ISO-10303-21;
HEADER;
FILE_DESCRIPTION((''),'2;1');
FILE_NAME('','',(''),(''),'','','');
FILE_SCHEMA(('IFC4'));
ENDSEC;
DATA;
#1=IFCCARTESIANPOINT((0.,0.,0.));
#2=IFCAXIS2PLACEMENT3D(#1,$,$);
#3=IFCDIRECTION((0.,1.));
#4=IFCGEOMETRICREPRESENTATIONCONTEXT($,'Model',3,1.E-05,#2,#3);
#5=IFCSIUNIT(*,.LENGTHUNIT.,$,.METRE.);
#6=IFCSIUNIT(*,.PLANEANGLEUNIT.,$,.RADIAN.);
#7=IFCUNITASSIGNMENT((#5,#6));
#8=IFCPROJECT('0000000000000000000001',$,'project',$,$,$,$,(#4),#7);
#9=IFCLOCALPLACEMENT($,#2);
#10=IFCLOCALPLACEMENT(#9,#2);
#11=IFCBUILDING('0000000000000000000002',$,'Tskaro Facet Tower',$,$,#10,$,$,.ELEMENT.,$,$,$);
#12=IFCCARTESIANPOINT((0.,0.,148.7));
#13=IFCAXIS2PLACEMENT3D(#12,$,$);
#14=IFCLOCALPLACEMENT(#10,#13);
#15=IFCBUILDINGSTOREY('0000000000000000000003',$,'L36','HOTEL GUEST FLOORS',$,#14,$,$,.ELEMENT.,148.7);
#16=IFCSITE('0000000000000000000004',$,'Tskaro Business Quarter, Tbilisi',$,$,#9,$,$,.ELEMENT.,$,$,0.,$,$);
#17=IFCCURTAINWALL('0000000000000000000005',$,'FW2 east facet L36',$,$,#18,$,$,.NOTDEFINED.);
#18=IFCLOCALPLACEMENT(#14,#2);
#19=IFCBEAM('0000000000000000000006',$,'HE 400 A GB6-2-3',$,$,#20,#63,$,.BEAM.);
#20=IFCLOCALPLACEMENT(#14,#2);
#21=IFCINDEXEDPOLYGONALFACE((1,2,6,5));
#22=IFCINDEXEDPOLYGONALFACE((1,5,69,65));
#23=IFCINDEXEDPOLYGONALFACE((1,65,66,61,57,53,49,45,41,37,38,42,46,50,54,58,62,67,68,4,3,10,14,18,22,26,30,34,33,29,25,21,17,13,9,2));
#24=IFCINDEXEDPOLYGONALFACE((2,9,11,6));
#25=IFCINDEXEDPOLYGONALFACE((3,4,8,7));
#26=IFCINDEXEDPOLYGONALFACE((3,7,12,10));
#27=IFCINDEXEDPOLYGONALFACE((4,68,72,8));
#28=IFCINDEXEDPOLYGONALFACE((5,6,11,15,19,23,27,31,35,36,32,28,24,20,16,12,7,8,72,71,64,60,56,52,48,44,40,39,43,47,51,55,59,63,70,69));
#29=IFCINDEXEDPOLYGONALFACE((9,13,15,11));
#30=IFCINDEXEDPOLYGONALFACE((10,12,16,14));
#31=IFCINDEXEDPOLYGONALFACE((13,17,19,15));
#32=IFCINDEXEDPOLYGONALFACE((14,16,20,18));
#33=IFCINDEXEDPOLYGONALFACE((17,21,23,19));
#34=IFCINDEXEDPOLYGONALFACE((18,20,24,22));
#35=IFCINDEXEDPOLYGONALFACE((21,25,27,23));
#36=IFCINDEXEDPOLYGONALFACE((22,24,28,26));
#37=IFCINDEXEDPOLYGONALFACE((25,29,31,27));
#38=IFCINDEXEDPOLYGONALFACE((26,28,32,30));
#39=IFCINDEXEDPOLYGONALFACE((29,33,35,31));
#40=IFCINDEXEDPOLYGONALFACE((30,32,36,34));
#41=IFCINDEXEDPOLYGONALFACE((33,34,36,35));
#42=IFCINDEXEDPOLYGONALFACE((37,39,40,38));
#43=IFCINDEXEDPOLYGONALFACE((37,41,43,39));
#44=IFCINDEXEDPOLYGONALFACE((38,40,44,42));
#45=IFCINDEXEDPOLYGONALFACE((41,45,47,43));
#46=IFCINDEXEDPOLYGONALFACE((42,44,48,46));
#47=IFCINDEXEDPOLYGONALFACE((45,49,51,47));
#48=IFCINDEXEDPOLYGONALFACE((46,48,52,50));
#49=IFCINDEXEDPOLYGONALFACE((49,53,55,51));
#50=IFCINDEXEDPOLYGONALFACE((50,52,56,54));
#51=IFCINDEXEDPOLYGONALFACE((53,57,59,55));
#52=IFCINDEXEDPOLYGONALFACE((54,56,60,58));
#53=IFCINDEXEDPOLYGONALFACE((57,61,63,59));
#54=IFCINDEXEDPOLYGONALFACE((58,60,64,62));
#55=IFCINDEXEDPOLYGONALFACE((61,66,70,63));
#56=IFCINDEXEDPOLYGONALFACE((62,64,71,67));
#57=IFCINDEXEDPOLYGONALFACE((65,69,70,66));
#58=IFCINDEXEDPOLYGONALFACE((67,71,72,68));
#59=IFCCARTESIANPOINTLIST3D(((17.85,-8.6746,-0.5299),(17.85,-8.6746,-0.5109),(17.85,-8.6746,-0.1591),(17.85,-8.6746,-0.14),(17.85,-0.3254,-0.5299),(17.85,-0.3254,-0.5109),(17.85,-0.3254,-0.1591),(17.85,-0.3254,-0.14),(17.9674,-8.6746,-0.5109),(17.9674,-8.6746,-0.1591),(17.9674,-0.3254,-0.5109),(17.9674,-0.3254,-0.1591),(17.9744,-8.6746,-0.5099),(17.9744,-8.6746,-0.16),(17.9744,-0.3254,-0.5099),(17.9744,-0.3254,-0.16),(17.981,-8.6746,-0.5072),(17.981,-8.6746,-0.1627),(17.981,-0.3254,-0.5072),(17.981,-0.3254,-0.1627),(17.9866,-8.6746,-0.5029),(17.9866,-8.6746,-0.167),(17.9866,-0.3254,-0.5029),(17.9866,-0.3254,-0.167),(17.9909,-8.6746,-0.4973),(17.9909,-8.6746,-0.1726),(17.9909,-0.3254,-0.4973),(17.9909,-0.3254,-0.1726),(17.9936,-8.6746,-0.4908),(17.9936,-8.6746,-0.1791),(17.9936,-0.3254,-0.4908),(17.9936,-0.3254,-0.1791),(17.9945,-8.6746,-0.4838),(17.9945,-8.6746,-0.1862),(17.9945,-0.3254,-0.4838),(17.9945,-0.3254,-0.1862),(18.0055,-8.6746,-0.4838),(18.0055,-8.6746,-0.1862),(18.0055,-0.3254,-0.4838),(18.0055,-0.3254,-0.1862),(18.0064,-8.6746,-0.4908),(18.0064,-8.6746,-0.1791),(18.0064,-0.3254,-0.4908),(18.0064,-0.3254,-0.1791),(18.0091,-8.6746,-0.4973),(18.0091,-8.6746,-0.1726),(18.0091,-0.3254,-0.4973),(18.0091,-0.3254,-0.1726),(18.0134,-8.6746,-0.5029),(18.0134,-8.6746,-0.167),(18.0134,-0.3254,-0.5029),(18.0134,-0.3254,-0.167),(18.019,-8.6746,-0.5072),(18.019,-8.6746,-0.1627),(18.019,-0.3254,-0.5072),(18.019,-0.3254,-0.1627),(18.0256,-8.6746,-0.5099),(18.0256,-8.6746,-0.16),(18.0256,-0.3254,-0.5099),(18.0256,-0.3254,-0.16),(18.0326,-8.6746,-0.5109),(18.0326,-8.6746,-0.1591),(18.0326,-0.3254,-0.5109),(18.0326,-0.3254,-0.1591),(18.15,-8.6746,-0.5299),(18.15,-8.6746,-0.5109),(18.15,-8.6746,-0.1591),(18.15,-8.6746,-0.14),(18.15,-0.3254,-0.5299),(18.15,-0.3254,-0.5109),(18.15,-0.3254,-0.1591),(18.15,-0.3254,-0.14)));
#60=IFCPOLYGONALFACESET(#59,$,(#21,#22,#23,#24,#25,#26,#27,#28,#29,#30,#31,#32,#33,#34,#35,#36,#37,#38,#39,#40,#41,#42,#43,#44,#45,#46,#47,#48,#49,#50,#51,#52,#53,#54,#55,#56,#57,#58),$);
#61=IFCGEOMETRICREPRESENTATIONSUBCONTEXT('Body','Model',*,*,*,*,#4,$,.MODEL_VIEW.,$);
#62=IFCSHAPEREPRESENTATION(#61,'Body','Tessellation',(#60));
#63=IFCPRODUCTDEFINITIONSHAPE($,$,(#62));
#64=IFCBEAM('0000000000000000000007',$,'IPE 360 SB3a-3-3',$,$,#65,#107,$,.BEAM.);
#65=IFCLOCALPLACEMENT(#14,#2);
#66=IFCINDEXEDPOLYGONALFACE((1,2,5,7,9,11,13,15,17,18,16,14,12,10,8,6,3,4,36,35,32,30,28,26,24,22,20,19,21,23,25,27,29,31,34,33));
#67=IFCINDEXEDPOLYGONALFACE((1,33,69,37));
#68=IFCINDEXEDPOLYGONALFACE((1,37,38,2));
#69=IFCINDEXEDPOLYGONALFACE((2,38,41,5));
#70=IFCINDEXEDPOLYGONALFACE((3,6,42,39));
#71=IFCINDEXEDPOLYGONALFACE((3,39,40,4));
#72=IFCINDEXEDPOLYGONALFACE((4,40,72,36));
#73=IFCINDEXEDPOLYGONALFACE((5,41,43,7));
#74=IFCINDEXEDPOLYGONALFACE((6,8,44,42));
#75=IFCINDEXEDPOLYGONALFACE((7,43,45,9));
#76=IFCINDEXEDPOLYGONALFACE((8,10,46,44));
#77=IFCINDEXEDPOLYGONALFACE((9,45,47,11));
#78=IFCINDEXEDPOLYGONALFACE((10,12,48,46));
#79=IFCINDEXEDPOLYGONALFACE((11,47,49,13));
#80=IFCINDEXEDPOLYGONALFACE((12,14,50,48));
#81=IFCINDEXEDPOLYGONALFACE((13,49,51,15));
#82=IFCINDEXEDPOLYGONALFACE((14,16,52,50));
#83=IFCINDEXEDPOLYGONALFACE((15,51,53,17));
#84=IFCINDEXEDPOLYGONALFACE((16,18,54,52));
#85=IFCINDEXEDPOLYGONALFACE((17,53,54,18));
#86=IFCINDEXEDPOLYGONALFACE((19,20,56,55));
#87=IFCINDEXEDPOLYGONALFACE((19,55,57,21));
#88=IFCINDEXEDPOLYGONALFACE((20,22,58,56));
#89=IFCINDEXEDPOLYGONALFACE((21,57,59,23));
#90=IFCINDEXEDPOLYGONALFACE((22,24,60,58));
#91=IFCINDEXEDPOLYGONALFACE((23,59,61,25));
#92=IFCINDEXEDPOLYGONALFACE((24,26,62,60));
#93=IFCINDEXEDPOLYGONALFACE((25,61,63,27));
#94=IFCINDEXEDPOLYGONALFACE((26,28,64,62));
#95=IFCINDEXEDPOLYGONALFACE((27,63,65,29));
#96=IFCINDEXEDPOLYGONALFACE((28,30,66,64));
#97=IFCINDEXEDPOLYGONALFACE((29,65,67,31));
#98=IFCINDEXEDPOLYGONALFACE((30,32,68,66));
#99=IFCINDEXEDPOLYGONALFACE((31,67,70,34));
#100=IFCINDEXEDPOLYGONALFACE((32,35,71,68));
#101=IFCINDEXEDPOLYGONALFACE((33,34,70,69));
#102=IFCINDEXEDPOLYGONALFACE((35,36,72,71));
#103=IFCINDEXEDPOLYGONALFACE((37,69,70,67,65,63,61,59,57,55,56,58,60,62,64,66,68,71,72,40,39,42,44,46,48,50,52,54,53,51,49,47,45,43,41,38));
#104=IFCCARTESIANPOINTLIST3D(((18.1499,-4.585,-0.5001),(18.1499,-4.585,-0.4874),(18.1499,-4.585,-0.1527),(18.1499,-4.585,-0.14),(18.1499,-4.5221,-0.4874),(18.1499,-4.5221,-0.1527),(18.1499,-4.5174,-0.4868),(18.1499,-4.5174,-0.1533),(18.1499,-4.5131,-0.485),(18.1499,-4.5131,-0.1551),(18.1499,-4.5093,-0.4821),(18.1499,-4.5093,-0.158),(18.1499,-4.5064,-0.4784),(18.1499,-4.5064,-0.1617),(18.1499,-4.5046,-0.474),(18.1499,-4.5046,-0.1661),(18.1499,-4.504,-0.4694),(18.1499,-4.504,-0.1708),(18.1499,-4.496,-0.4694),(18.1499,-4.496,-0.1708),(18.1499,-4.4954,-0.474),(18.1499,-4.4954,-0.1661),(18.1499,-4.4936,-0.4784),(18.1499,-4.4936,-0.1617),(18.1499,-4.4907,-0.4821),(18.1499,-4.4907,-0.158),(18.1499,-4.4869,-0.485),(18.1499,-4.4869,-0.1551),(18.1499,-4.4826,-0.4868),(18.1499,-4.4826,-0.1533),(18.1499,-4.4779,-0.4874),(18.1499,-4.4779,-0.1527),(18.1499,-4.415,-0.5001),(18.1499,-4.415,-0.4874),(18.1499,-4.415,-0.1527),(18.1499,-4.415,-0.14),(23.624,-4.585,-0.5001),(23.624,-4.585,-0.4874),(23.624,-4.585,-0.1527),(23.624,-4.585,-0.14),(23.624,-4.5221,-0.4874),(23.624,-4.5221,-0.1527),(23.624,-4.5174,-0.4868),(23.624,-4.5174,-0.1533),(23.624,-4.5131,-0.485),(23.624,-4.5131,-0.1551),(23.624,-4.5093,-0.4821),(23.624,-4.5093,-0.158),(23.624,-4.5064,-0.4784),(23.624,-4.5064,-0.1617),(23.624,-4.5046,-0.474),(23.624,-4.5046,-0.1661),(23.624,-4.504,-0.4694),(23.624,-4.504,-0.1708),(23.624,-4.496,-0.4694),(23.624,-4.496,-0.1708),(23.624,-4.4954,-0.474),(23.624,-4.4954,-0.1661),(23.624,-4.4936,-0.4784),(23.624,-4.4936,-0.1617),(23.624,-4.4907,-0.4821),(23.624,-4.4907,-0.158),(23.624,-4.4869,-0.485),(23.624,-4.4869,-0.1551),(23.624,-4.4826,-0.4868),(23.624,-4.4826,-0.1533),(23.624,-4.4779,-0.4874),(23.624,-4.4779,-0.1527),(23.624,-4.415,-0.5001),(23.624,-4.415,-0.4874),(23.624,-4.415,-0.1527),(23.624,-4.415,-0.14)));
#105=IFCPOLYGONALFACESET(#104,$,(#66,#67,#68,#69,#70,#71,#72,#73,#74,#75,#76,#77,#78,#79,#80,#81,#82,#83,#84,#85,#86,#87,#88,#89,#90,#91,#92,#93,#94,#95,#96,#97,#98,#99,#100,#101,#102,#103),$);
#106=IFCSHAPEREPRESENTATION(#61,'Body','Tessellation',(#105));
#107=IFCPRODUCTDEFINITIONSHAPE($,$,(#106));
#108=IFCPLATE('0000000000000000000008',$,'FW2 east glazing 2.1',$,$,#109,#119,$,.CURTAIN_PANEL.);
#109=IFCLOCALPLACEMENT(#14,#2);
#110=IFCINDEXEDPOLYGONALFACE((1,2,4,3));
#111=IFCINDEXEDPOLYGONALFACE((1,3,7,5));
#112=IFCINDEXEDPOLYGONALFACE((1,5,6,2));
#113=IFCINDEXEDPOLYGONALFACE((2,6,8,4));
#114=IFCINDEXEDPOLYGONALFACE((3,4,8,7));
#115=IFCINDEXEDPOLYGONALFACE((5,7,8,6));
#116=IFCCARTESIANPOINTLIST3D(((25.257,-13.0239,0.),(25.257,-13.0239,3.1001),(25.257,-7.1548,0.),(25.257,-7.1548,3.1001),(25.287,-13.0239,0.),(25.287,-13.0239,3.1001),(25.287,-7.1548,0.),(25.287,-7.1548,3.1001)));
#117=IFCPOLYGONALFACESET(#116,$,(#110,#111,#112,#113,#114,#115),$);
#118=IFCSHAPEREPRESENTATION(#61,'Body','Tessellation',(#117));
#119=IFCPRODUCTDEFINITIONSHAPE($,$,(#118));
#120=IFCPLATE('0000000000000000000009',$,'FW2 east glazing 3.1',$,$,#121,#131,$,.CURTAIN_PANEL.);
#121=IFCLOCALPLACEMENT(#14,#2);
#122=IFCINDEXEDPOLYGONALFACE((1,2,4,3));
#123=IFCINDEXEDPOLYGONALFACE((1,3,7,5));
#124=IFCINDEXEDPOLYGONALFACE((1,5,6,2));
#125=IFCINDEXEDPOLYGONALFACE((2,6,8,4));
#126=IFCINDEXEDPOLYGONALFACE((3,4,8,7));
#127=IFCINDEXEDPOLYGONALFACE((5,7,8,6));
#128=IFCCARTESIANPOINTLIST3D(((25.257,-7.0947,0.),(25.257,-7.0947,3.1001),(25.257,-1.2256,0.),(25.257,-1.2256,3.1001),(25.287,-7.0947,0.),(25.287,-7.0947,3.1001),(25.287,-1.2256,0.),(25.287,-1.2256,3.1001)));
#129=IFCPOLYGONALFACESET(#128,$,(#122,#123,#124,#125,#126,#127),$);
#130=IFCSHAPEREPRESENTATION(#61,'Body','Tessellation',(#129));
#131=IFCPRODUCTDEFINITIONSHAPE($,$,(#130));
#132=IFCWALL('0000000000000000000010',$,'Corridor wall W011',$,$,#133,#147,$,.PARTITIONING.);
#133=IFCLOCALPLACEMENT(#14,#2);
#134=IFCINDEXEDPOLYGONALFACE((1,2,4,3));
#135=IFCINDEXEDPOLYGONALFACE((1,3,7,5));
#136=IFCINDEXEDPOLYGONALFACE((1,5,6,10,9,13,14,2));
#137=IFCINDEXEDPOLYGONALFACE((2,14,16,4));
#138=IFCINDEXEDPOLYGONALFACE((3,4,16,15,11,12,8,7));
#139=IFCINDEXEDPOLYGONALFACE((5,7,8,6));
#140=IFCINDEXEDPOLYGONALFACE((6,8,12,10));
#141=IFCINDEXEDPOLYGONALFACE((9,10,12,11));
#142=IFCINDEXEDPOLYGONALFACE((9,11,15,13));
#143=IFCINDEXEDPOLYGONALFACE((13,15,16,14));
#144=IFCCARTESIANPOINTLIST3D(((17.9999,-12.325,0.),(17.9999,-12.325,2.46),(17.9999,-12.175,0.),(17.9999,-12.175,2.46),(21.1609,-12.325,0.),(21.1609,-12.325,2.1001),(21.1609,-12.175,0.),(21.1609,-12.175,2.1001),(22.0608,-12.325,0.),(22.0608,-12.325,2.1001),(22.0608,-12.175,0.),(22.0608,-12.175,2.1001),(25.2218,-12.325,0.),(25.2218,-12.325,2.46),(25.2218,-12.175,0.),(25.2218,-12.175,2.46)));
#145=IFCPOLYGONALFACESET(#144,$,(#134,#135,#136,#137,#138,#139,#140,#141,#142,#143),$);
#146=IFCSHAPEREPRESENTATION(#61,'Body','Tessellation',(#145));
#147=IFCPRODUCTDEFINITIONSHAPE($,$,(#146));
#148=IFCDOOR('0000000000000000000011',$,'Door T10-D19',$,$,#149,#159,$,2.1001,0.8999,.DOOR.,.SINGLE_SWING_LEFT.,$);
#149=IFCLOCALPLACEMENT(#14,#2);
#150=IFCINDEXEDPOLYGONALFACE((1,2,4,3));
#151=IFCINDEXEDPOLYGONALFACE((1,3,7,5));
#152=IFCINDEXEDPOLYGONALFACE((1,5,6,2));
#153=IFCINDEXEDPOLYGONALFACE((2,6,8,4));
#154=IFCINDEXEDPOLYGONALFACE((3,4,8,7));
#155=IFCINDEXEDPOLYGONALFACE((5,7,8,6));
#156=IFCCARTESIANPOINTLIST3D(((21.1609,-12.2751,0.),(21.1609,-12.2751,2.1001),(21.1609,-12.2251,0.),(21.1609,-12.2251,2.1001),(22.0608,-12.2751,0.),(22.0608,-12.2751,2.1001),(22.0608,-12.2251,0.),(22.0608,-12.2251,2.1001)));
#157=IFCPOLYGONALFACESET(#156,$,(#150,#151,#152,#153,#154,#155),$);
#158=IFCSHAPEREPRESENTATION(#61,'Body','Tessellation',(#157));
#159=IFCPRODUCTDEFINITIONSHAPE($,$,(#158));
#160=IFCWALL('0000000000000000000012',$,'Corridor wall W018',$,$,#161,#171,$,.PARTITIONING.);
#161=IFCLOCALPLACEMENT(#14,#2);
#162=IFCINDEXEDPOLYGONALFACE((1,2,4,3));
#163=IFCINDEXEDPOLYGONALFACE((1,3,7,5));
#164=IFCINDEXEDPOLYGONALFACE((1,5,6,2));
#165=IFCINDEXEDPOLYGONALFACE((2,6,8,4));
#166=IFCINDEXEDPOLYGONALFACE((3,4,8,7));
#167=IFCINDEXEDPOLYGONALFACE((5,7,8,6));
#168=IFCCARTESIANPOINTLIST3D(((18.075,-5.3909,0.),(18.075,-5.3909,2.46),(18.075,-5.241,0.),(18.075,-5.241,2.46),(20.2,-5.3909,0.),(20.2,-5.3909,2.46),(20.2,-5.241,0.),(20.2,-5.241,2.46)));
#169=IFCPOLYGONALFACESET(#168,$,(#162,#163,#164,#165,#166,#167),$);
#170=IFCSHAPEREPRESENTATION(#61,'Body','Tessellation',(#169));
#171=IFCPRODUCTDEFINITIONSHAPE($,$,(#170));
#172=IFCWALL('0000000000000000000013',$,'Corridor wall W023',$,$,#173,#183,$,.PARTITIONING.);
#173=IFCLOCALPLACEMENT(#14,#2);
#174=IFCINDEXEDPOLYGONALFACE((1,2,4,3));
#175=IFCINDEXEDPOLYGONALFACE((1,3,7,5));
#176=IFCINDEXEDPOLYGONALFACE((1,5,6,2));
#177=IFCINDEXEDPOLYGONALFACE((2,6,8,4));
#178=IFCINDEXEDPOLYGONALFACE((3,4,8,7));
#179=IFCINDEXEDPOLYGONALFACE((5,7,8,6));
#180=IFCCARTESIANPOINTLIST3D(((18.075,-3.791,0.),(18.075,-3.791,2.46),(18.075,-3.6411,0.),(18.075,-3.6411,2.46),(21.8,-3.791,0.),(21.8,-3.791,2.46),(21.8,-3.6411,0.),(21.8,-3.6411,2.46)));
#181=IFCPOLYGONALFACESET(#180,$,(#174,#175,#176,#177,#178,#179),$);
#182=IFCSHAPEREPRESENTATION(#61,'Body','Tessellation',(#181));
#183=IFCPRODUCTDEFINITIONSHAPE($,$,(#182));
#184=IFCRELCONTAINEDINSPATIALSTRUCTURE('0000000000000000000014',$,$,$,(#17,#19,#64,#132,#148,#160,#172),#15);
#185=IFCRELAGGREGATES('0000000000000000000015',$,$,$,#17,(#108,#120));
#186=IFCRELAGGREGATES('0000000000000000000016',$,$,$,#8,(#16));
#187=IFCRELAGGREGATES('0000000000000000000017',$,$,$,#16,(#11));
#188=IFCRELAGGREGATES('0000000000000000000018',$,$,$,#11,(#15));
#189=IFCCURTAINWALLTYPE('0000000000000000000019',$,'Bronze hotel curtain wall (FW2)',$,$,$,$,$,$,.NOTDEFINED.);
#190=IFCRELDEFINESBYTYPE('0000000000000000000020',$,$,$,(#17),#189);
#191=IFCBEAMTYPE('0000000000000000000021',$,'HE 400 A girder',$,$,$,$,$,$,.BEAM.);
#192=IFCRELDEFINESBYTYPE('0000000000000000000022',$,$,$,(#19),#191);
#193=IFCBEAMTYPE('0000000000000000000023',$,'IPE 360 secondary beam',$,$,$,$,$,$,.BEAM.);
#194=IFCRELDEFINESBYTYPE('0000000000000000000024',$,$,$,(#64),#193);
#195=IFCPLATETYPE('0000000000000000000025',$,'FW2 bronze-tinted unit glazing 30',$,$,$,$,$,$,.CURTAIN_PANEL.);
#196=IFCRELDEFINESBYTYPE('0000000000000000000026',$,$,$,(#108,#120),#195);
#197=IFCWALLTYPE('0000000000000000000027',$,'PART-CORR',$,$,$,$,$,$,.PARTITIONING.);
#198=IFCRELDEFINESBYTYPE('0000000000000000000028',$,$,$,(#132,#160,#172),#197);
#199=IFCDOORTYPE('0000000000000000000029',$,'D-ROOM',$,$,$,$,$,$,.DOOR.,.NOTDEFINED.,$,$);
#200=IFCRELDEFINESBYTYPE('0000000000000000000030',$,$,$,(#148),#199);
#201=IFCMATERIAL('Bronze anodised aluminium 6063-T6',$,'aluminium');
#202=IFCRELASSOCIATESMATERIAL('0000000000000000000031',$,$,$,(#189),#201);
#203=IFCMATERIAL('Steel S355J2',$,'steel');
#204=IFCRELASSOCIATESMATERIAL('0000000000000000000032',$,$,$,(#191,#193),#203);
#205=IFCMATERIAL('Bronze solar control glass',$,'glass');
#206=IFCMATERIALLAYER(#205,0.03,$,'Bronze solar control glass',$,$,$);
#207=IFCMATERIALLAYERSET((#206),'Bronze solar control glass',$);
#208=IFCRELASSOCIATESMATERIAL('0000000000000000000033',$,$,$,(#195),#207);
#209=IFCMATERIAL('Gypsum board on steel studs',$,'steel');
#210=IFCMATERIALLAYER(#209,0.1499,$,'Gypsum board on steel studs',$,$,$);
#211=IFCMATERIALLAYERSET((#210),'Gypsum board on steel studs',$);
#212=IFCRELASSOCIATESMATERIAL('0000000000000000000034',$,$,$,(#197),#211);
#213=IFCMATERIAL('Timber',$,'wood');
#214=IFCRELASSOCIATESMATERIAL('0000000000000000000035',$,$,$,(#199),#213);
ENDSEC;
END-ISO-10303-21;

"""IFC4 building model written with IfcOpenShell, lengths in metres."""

from ifc_helpers import new_model, si_unit, direction, frame, frame_2d, origin, origin_2d, place, context, subcontext, project, spatial, rectangle, i_section, extrude, material, layer, layer_set, material_profile, profile_set, type_object, element, fill, aggregate, save


model = new_model("IFC4")

# Units and contexts
model_context = context("Model", 3, precision=1e-05, world=origin(), true_north=direction((0.0, 1.0)))
body_context = subcontext(model_context, "Body", "Model", "MODEL_VIEW")
ifc_project = project(units=[si_unit("LENGTHUNIT", "METRE"), si_unit("PLANEANGLEUNIT", "RADIAN")], contexts=[model_context])

# Site, building, storey
site_placement = place(None, origin())
site = spatial("IfcSite", under=ifc_project, at=site_placement, Name="Tskaro Business Quarter, Tbilisi", CompositionType="ELEMENT", RefElevation=0.0)
building_placement = place(site_placement, origin())
building = spatial("IfcBuilding", under=site, at=building_placement, Name="Tskaro Facet Tower", CompositionType="ELEMENT")
storey_placement = place(building_placement, frame((0.0, 0.0, 148.7)))
storey = spatial("IfcBuildingStorey", under=building, at=storey_placement, Name="L36", Description="HOTEL GUEST FLOORS", CompositionType="ELEMENT", Elevation=148.7)

# Curtain wall
ifc_material_1 = material(Name="Bronze anodised aluminium 6063-T6", Category="aluminium")
curtain_wall_type = type_object("IfcCurtainWallType", Name="Bronze hotel curtain wall (FW2)", PredefinedType="NOTDEFINED", material=ifc_material_1)
curtain_wall_placement = place(storey_placement, origin())
curtain_wall = element("IfcCurtainWall", 1, at=curtain_wall_placement, inside=storey, type_object=curtain_wall_type, Name="FW2 east facet L36", PredefinedType="NOTDEFINED")

# Beams
ifc_material_2 = material(Name="Steel S355J2", Category="steel")
ifc_material_profile_1 = material_profile(ifc_material_2, i_section(OverallWidth=0.3, OverallDepth=0.3899, WebThickness=0.011, FlangeThickness=0.019, FilletRadius=0.0271, at=origin_2d()), Name="HE 400 A")
ifc_profile_set_1 = profile_set([ifc_material_profile_1], Name="Steel S355J2")
beam_type_1 = type_object("IfcBeamType", Name="HE 400 A girder", PredefinedType="BEAM", material=ifc_profile_set_1)
beam_1_placement = place(storey_placement, frame((18.0, -8.6746, -0.335), z_axis=(0.0, 1.0, 0.0), x_axis=(-1.0, 0.0, 0.0)))
element("IfcBeam", 2, at=beam_1_placement, inside=storey, type_object=beam_type_1, Name="HE 400 A GB6-2-3", PredefinedType="BEAM", context=body_context, shape_type="SweptSolid", body=[
    extrude(i_section(OverallWidth=0.3, OverallDepth=0.3899, WebThickness=0.011, FlangeThickness=0.019, FilletRadius=0.0271, at=origin_2d()), origin(), (0.0, 0.0, 1.0), 8.3491),
])
ifc_material_profile_2 = material_profile(ifc_material_2, i_section(OverallWidth=0.1699, OverallDepth=0.3601, WebThickness=0.0081, FlangeThickness=0.0127, FilletRadius=0.0181, at=origin_2d()), Name="IPE 360")
ifc_profile_set_2 = profile_set([ifc_material_profile_2], Name="Steel S355J2")
beam_type_2 = type_object("IfcBeamType", Name="IPE 360 secondary beam", PredefinedType="BEAM", material=ifc_profile_set_2)
beam_2_placement = place(storey_placement, frame((18.1499, -4.5, -0.3201), z_axis=(1.0, 0.0, 0.0), x_axis=(0.0, 1.0, 0.0)))
element("IfcBeam", 3, at=beam_2_placement, inside=storey, type_object=beam_type_2, Name="IPE 360 SB3a-3-3", PredefinedType="BEAM", context=body_context, shape_type="SweptSolid", body=[
    extrude(i_section(OverallWidth=0.1699, OverallDepth=0.3601, WebThickness=0.0081, FlangeThickness=0.0127, FilletRadius=0.0181, at=origin_2d()), origin(), (0.0, 0.0, 1.0), 5.4741),
])

# Plates
ifc_material_3 = material(Name="Bronze solar control glass", Category="glass")
ifc_layer_1 = layer(ifc_material_3, 0.03, Name="Bronze solar control glass")
ifc_layer_set_1 = layer_set([ifc_layer_1], Name="Bronze solar control glass")
plate_type = type_object("IfcPlateType", Name="FW2 bronze-tinted unit glazing 30", PredefinedType="CURTAIN_PANEL", material=ifc_layer_set_1)
plate_1_placement = place(storey_placement, frame((25.272, -10.0894, 0.0), z_axis=(0.0, 0.0, 1.0), x_axis=(0.0, 1.0, 0.0)))
plate_1 = element("IfcPlate", 4, at=plate_1_placement, type_object=plate_type, Name="FW2 east glazing 2.1", PredefinedType="CURTAIN_PANEL", context=body_context, shape_type="SweptSolid", body=[
    extrude(rectangle(XDim=5.8691, YDim=0.03, at=origin_2d()), origin(), (0.0, 0.0, 1.0), 3.1001),
])
plate_2_placement = place(storey_placement, frame((25.272, -4.1602, 0.0), z_axis=(0.0, 0.0, 1.0), x_axis=(0.0, 1.0, 0.0)))
plate_2 = element("IfcPlate", 5, at=plate_2_placement, type_object=plate_type, Name="FW2 east glazing 3.1", PredefinedType="CURTAIN_PANEL", context=body_context, shape_type="SweptSolid", body=[
    extrude(rectangle(XDim=5.8691, YDim=0.03, at=origin_2d()), origin(), (0.0, 0.0, 1.0), 3.1001),
])
aggregate(curtain_wall, [plate_1, plate_2])

# Wall, opening, door
ifc_material_4 = material(Name="Gypsum board on steel studs", Category="steel")
ifc_layer_2 = layer(ifc_material_4, 0.1499, Name="Gypsum board on steel studs")
ifc_layer_set_2 = layer_set([ifc_layer_2], Name="Gypsum board on steel studs")
wall_type_1 = type_object("IfcWallType", Name="PART-CORR", PredefinedType="PARTITIONING", material=ifc_layer_set_2)
wall_1_placement = place(storey_placement, frame((18.0, -12.25, 0.0), z_axis=(0.0, 0.0, 1.0), x_axis=(1.0, 0.0, 0.0)))
wall_1 = element("IfcWall", 6, at=wall_1_placement, inside=storey, type_object=wall_type_1, Name="Corridor wall W011", PredefinedType="PARTITIONING", context=body_context, shape_type="SweptSolid", body=[
    extrude(rectangle(XDim=7.2219, YDim=0.1499, at=frame_2d((3.6108, 0.0))), origin(), (0.0, 0.0, 1.0), 2.46),
])
opening_1_placement = place(wall_1_placement, frame((3.1609, 0.0, 0.0)))
opening_1 = element("IfcOpeningElement", 7, at=opening_1_placement, cuts=wall_1, PredefinedType="OPENING", context=body_context, shape_type="SweptSolid", body=[
    extrude(rectangle(XDim=0.8999, YDim=2.1001, at=frame_2d((0.45, 1.05))), frame((0.0, 0.085, 0.0), z_axis=(0.0, -1.0, 0.0), x_axis=(1.0, 0.0, 0.0)), (0.0, 0.0, 1.0), 0.1699),
])
ifc_material_5 = material(Name="Timber", Category="wood")
door_type = type_object("IfcDoorType", Name="D-ROOM", OperationType="NOTDEFINED", PredefinedType="DOOR", material=ifc_material_5)
door_1_placement = place(opening_1_placement, origin())
door_1 = element("IfcDoor", 8, at=door_1_placement, inside=storey, type_object=door_type, Name="Door T10-D19", OperationType="SINGLE_SWING_LEFT", OverallHeight=2.1001, OverallWidth=0.8999, PredefinedType="DOOR", context=body_context, shape_type="SweptSolid", body=[
    extrude(rectangle(XDim=0.8999, YDim=2.1001, at=frame_2d((0.45, 1.05))), frame((0.0, 0.0249, 0.0), z_axis=(0.0, -1.0, 0.0), x_axis=(1.0, 0.0, 0.0)), (0.0, 0.0, 1.0), 0.05),
])
fill(opening_1, door_1)

# Walls
wall_2_placement = place(storey_placement, frame((18.075, -5.3159, 0.0), z_axis=(0.0, 0.0, 1.0), x_axis=(1.0, 0.0, 0.0)))
element("IfcWall", 9, at=wall_2_placement, inside=storey, type_object=wall_type_1, Name="Corridor wall W018", PredefinedType="PARTITIONING", context=body_context, shape_type="SweptSolid", body=[
    extrude(rectangle(XDim=2.125, YDim=0.1499, at=frame_2d((1.0625, 0.0))), origin(), (0.0, 0.0, 1.0), 2.46),
])
wall_3_placement = place(storey_placement, frame((18.075, -3.7161, 0.0), z_axis=(0.0, 0.0, 1.0), x_axis=(1.0, 0.0, 0.0)))
element("IfcWall", 10, at=wall_3_placement, inside=storey, type_object=wall_type_1, Name="Corridor wall W023", PredefinedType="PARTITIONING", context=body_context, shape_type="SweptSolid", body=[
    extrude(rectangle(XDim=3.7251, YDim=0.1499, at=frame_2d((1.8625, 0.0))), origin(), (0.0, 0.0, 1.0), 2.46),
])

save(model, "model.ifc")
